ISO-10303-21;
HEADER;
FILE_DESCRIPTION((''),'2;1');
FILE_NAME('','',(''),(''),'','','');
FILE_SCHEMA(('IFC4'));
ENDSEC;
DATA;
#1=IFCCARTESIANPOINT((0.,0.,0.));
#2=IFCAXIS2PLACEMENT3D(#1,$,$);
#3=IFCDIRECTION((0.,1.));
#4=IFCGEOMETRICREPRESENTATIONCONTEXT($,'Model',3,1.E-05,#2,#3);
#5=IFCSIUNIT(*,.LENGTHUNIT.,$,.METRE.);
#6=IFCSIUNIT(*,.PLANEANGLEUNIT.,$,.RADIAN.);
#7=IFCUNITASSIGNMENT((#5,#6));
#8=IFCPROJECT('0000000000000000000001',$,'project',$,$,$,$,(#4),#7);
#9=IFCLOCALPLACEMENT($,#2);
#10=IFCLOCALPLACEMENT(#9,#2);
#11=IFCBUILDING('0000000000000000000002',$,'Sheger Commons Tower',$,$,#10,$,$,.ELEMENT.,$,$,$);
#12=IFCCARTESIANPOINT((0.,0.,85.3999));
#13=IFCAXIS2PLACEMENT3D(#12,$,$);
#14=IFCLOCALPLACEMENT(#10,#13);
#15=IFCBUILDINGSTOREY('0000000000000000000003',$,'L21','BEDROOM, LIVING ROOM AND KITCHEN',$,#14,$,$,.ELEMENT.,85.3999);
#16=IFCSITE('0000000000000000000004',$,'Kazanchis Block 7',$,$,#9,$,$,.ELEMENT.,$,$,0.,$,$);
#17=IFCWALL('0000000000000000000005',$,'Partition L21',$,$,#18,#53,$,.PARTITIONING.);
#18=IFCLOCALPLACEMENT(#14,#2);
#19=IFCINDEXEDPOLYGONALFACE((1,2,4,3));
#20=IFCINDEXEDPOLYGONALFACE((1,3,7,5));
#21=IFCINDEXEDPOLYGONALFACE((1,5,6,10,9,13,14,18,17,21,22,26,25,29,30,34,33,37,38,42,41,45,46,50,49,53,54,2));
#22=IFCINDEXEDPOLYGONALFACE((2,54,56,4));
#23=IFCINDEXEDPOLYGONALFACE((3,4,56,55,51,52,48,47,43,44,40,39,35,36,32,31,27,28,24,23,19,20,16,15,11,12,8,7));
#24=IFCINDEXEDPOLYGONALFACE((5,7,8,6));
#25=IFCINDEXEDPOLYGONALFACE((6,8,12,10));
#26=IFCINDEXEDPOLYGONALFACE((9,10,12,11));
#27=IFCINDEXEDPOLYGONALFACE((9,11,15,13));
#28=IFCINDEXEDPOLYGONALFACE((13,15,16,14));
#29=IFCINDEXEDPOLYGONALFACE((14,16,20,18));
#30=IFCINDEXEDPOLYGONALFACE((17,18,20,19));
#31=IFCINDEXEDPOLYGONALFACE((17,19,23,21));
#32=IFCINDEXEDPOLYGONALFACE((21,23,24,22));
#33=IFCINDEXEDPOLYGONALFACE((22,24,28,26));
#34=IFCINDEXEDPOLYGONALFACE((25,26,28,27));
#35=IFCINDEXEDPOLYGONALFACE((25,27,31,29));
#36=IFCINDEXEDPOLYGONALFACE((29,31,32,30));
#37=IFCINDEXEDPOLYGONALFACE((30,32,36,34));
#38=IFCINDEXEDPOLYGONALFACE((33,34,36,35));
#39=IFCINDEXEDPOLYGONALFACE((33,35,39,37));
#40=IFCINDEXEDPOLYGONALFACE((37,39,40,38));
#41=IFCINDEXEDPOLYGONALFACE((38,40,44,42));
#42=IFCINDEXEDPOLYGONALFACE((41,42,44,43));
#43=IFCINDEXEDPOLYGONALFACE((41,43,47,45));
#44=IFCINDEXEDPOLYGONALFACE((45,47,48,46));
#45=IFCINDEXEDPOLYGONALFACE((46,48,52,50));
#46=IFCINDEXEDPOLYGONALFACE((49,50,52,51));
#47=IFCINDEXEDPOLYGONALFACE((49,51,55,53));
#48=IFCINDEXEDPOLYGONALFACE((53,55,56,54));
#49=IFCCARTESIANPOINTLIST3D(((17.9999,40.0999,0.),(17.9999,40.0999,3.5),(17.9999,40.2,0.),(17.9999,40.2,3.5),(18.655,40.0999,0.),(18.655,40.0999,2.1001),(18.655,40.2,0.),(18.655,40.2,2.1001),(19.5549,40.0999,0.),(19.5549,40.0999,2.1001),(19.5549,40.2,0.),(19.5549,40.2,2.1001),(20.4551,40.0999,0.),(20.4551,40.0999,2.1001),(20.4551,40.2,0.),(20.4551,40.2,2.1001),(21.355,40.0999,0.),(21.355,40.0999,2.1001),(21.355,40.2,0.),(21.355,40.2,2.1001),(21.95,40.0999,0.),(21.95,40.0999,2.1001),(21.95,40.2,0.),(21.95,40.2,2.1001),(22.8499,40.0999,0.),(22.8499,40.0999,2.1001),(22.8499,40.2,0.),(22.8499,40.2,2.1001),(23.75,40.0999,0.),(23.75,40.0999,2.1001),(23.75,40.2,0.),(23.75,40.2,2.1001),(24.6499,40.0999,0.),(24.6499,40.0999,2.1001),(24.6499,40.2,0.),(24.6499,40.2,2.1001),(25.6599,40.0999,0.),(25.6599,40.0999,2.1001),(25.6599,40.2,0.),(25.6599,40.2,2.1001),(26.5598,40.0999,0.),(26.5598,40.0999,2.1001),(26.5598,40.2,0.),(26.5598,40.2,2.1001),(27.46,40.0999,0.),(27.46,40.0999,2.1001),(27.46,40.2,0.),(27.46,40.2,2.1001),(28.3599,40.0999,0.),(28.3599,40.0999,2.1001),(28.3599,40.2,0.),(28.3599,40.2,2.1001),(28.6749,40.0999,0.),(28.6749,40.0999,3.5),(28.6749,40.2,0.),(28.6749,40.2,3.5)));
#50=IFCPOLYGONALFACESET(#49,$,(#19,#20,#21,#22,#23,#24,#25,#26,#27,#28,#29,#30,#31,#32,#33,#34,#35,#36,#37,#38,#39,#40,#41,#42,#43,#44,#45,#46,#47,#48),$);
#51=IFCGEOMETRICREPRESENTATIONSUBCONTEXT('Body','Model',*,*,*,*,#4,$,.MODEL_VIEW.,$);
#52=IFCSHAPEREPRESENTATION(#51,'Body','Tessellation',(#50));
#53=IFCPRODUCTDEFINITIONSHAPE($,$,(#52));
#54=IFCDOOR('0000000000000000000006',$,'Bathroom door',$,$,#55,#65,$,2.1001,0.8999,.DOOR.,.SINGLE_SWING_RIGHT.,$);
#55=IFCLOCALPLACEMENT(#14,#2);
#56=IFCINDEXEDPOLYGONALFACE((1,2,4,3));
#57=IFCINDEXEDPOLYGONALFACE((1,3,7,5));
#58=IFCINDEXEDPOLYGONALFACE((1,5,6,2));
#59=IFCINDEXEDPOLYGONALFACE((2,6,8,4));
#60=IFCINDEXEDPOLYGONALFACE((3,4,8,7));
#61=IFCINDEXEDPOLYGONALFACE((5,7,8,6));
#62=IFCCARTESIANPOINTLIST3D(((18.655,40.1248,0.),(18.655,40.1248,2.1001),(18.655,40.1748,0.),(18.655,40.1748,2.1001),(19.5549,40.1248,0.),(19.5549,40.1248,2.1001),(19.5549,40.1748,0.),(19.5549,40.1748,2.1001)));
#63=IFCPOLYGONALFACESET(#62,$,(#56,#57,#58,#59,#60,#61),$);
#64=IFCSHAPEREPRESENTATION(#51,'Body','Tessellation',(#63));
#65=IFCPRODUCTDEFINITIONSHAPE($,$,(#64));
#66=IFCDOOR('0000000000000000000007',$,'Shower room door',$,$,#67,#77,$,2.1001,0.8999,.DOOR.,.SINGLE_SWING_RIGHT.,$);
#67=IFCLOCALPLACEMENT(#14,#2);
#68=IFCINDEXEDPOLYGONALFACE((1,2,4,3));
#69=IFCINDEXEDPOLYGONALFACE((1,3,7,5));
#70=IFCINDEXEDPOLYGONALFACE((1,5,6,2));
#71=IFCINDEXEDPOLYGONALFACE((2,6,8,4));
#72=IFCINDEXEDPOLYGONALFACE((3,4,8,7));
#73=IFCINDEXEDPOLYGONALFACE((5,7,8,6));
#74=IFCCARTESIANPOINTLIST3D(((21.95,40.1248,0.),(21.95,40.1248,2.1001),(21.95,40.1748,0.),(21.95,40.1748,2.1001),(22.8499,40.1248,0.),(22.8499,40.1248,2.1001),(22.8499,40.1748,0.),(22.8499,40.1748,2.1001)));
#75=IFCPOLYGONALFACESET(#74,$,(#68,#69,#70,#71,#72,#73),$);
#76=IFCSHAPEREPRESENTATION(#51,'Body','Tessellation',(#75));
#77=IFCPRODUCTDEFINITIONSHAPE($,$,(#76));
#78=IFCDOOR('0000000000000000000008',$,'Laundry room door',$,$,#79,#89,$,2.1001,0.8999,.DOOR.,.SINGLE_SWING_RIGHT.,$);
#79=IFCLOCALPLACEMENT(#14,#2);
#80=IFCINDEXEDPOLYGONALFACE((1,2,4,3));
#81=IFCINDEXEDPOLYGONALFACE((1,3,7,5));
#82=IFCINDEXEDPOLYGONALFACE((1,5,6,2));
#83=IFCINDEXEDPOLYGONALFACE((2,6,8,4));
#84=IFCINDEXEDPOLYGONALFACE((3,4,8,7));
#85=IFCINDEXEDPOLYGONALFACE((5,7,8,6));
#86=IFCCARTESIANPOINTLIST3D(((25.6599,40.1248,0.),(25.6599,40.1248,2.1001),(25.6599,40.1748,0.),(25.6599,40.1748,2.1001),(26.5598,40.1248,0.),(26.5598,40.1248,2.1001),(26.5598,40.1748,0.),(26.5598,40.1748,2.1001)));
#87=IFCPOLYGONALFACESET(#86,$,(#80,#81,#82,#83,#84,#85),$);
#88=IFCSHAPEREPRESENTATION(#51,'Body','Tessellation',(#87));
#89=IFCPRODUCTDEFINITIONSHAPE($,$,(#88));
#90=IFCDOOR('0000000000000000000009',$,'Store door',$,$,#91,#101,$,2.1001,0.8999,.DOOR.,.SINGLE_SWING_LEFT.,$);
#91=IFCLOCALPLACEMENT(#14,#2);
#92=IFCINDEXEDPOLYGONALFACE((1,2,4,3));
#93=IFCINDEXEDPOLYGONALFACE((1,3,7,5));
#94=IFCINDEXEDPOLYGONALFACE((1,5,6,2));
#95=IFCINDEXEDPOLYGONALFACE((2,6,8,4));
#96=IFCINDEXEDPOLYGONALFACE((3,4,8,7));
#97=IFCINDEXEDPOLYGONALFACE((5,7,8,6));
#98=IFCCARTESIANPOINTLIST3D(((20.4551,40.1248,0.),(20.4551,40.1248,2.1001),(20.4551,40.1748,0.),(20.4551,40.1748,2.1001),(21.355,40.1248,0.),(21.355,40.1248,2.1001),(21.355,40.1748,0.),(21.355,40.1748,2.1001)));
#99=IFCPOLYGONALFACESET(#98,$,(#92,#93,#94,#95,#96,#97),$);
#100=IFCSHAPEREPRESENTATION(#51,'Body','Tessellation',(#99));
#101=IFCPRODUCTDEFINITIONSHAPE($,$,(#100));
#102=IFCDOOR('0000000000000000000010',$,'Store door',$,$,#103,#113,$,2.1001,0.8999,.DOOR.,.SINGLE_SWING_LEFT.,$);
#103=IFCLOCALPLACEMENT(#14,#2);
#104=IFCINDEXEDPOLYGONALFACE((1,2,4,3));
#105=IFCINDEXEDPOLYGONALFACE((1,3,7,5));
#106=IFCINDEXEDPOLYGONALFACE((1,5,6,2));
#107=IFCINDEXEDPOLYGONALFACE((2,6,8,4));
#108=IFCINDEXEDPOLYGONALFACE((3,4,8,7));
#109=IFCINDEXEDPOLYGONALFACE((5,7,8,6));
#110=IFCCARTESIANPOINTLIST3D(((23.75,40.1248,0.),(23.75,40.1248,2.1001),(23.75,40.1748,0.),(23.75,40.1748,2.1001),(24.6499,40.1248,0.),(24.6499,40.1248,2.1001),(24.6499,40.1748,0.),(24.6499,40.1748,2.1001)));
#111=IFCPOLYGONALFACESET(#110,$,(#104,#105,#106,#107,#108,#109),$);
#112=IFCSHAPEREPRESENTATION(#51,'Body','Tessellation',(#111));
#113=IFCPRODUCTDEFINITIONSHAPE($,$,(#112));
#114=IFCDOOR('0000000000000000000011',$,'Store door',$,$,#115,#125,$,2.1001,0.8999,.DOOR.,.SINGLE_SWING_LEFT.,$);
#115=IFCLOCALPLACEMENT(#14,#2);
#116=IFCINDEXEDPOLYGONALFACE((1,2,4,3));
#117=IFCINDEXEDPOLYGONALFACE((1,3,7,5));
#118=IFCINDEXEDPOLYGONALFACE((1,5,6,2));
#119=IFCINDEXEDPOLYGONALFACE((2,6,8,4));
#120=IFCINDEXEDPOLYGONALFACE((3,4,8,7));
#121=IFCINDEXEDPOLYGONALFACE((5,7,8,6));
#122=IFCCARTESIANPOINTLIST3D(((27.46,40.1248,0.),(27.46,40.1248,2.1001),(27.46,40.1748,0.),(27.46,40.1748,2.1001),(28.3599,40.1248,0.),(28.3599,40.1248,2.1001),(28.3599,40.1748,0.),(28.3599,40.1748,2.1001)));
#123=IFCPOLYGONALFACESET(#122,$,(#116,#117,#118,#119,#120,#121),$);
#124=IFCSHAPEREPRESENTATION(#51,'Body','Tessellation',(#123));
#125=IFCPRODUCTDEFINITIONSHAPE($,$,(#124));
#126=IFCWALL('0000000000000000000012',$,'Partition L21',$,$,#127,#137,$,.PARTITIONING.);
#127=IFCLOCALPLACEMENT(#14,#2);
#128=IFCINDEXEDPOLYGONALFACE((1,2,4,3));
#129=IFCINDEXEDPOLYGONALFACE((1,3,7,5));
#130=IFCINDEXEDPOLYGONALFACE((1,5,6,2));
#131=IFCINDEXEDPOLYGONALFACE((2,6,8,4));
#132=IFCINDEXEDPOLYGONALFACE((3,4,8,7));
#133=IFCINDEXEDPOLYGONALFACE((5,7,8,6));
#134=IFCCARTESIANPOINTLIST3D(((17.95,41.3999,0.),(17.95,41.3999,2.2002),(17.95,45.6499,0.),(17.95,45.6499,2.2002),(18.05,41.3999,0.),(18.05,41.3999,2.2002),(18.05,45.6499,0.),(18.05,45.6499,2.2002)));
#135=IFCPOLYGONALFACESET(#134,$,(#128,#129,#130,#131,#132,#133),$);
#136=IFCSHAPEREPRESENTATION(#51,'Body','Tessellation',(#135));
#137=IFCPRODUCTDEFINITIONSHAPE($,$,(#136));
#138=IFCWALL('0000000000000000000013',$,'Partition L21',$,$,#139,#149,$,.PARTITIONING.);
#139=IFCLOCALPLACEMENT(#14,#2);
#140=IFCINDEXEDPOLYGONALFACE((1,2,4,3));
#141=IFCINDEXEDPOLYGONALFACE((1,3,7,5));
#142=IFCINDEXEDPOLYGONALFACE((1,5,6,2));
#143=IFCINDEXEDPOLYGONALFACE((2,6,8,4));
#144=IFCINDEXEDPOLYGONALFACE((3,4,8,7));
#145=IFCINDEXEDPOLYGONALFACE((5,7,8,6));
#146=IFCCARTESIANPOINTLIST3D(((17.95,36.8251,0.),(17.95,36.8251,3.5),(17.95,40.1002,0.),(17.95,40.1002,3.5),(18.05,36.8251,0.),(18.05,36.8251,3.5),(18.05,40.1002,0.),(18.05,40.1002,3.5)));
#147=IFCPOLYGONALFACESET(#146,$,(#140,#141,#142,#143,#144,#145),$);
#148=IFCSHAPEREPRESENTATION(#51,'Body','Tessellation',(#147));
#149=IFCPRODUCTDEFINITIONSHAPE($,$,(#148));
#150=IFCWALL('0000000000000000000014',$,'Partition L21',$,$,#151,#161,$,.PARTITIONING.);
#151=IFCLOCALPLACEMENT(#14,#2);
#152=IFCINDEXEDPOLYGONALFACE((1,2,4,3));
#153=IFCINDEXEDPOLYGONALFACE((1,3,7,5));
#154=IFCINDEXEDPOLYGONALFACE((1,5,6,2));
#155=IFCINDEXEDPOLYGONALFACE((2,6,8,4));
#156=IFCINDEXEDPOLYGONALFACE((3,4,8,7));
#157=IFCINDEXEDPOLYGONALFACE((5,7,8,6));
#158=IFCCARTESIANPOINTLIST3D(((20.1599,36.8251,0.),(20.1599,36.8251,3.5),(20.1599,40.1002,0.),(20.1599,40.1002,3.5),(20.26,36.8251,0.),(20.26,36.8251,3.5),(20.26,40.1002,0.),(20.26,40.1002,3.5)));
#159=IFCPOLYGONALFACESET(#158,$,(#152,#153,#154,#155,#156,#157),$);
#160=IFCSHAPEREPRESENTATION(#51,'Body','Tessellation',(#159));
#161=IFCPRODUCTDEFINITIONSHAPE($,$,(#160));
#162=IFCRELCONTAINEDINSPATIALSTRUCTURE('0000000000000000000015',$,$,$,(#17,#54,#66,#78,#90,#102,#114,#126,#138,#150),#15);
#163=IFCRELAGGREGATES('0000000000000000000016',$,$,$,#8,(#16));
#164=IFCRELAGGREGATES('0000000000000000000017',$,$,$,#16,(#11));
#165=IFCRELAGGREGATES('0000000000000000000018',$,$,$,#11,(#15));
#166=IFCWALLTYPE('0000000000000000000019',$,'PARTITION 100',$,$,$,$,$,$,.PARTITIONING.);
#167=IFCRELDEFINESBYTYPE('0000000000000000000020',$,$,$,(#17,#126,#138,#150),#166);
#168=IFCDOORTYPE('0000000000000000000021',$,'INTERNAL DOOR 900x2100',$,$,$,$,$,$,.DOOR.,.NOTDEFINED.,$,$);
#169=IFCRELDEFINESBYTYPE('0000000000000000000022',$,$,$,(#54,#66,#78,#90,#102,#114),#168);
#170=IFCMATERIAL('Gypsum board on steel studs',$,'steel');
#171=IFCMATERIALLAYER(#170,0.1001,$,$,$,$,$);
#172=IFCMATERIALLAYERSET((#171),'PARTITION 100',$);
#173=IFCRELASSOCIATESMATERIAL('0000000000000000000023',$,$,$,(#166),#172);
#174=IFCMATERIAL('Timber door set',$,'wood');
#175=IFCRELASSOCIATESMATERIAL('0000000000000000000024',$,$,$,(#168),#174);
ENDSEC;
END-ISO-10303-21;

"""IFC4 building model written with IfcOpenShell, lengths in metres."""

from ifc_helpers import new_model, si_unit, direction, frame, frame_2d, origin, place, context, subcontext, project, spatial, rectangle, extrude, material, layer, layer_set, type_object, element, fill, save


model = new_model("IFC4")

# Units and contexts
model_context = context("Model", 3, precision=1e-05, world=origin(), true_north=direction((0.0, 1.0)))
body_context = subcontext(model_context, "Body", "Model", "MODEL_VIEW")
ifc_project = project(units=[si_unit("LENGTHUNIT", "METRE"), si_unit("PLANEANGLEUNIT", "RADIAN")], contexts=[model_context])

# Site, building, storey
site_placement = place(None, origin())
site = spatial("IfcSite", under=ifc_project, at=site_placement, Name="Kazanchis Block 7", CompositionType="ELEMENT", RefElevation=0.0)
building_placement = place(site_placement, origin())
building = spatial("IfcBuilding", under=site, at=building_placement, Name="Sheger Commons Tower", CompositionType="ELEMENT")
storey_placement = place(building_placement, frame((0.0, 0.0, 85.3999)))
storey = spatial("IfcBuildingStorey", under=building, at=storey_placement, Name="L21", Description="BEDROOM, LIVING ROOM AND KITCHEN", CompositionType="ELEMENT", Elevation=85.3999)

# Wall, openings, doors
ifc_material_1 = material(Name="Gypsum board on steel studs", Category="steel")
ifc_layer_1 = layer(ifc_material_1, 0.1001)
ifc_layer_set_1 = layer_set([ifc_layer_1], Name="PARTITION 100")
wall_type_1 = type_object("IfcWallType", Name="PARTITION 100", PredefinedType="PARTITIONING", material=ifc_layer_set_1)
ifc_material_2 = material(Name="Timber door set", Category="wood")
door_type_1 = type_object("IfcDoorType", Name="INTERNAL DOOR 900x2100", OperationType="NOTDEFINED", PredefinedType="DOOR", material=ifc_material_2)
wall_1_placement = place(storey_placement, frame((18.0, 40.1499, 0.0), z_axis=(0.0, 0.0, 1.0), x_axis=(1.0, 0.0, 0.0)))
wall_1 = element("IfcWall", 1, at=wall_1_placement, inside=storey, type_object=wall_type_1, Name="Partition L21", PredefinedType="PARTITIONING", context=body_context, shape_type="SweptSolid", body=[
    extrude(rectangle(XDim=10.675, YDim=0.1001, at=frame_2d((5.3374, 0.0))), origin(), (0.0, 0.0, 1.0), 3.5),
])
opening_1_placement = place(wall_1_placement, frame((0.655, 0.0, 0.0)))
opening_1 = element("IfcOpeningElement", 2, at=opening_1_placement, cuts=wall_1, PredefinedType="OPENING", context=body_context, shape_type="SweptSolid", body=[
    extrude(rectangle(XDim=0.8999, YDim=2.1001, at=frame_2d((0.45, 1.05))), frame((0.0, 0.0601, 0.0), z_axis=(0.0, -1.0, 0.0), x_axis=(1.0, 0.0, 0.0)), (0.0, 0.0, 1.0), 0.1201),
])
opening_2_placement = place(wall_1_placement, frame((3.95, 0.0, 0.0)))
opening_2 = element("IfcOpeningElement", 3, at=opening_2_placement, cuts=wall_1, PredefinedType="OPENING", context=body_context, shape_type="SweptSolid", body=[
    extrude(rectangle(XDim=0.8999, YDim=2.1001, at=frame_2d((0.45, 1.05))), frame((0.0, 0.0601, 0.0), z_axis=(0.0, -1.0, 0.0), x_axis=(1.0, 0.0, 0.0)), (0.0, 0.0, 1.0), 0.1201),
])
opening_3_placement = place(wall_1_placement, frame((7.6599, 0.0, 0.0)))
opening_3 = element("IfcOpeningElement", 4, at=opening_3_placement, cuts=wall_1, PredefinedType="OPENING", context=body_context, shape_type="SweptSolid", body=[
    extrude(rectangle(XDim=0.8999, YDim=2.1001, at=frame_2d((0.45, 1.05))), frame((0.0, 0.0601, 0.0), z_axis=(0.0, -1.0, 0.0), x_axis=(1.0, 0.0, 0.0)), (0.0, 0.0, 1.0), 0.1201),
])
opening_4_placement = place(wall_1_placement, frame((2.4551, 0.0, 0.0)))
opening_4 = element("IfcOpeningElement", 5, at=opening_4_placement, cuts=wall_1, PredefinedType="OPENING", context=body_context, shape_type="SweptSolid", body=[
    extrude(rectangle(XDim=0.8999, YDim=2.1001, at=frame_2d((0.45, 1.05))), frame((0.0, 0.0601, 0.0), z_axis=(0.0, -1.0, 0.0), x_axis=(1.0, 0.0, 0.0)), (0.0, 0.0, 1.0), 0.1201),
])
opening_5_placement = place(wall_1_placement, frame((5.75, 0.0, 0.0)))
opening_5 = element("IfcOpeningElement", 6, at=opening_5_placement, cuts=wall_1, PredefinedType="OPENING", context=body_context, shape_type="SweptSolid", body=[
    extrude(rectangle(XDim=0.8999, YDim=2.1001, at=frame_2d((0.45, 1.05))), frame((0.0, 0.0601, 0.0), z_axis=(0.0, -1.0, 0.0), x_axis=(1.0, 0.0, 0.0)), (0.0, 0.0, 1.0), 0.1201),
])
opening_6_placement = place(wall_1_placement, frame((9.46, 0.0, 0.0)))
opening_6 = element("IfcOpeningElement", 7, at=opening_6_placement, cuts=wall_1, PredefinedType="OPENING", context=body_context, shape_type="SweptSolid", body=[
    extrude(rectangle(XDim=0.8999, YDim=2.1001, at=frame_2d((0.45, 1.05))), frame((0.0, 0.0601, 0.0), z_axis=(0.0, -1.0, 0.0), x_axis=(1.0, 0.0, 0.0)), (0.0, 0.0, 1.0), 0.1201),
])
door_1_placement = place(opening_1_placement, origin())
door_1 = element("IfcDoor", 8, at=door_1_placement, inside=storey, type_object=door_type_1, Name="Bathroom door", OperationType="SINGLE_SWING_RIGHT", OverallHeight=2.1001, OverallWidth=0.8999, PredefinedType="DOOR", context=body_context, shape_type="SweptSolid", body=[
    extrude(rectangle(XDim=0.8999, YDim=2.1001, at=frame_2d((0.45, 1.05))), frame((0.0, 0.0249, 0.0), z_axis=(0.0, -1.0, 0.0), x_axis=(1.0, 0.0, 0.0)), (0.0, 0.0, 1.0), 0.05),
])
fill(opening_1, door_1)
door_2_placement = place(opening_2_placement, origin())
door_2 = element("IfcDoor", 9, at=door_2_placement, inside=storey, type_object=door_type_1, Name="Shower room door", OperationType="SINGLE_SWING_RIGHT", OverallHeight=2.1001, OverallWidth=0.8999, PredefinedType="DOOR", context=body_context, shape_type="SweptSolid", body=[
    extrude(rectangle(XDim=0.8999, YDim=2.1001, at=frame_2d((0.45, 1.05))), frame((0.0, 0.0249, 0.0), z_axis=(0.0, -1.0, 0.0), x_axis=(1.0, 0.0, 0.0)), (0.0, 0.0, 1.0), 0.05),
])
fill(opening_2, door_2)
door_3_placement = place(opening_3_placement, origin())
door_3 = element("IfcDoor", 10, at=door_3_placement, inside=storey, type_object=door_type_1, Name="Laundry room door", OperationType="SINGLE_SWING_RIGHT", OverallHeight=2.1001, OverallWidth=0.8999, PredefinedType="DOOR", context=body_context, shape_type="SweptSolid", body=[
    extrude(rectangle(XDim=0.8999, YDim=2.1001, at=frame_2d((0.45, 1.05))), frame((0.0, 0.0249, 0.0), z_axis=(0.0, -1.0, 0.0), x_axis=(1.0, 0.0, 0.0)), (0.0, 0.0, 1.0), 0.05),
])
fill(opening_3, door_3)
door_4_placement = place(opening_4_placement, origin())
door_4 = element("IfcDoor", 11, at=door_4_placement, inside=storey, type_object=door_type_1, Name="Store door", OperationType="SINGLE_SWING_LEFT", OverallHeight=2.1001, OverallWidth=0.8999, PredefinedType="DOOR", context=body_context, shape_type="SweptSolid", body=[
    extrude(rectangle(XDim=0.8999, YDim=2.1001, at=frame_2d((0.45, 1.05))), frame((0.0, 0.0249, 0.0), z_axis=(0.0, -1.0, 0.0), x_axis=(1.0, 0.0, 0.0)), (0.0, 0.0, 1.0), 0.05),
])
fill(opening_4, door_4)
door_5_placement = place(opening_5_placement, origin())
door_5 = element("IfcDoor", 12, at=door_5_placement, inside=storey, type_object=door_type_1, Name="Store door", OperationType="SINGLE_SWING_LEFT", OverallHeight=2.1001, OverallWidth=0.8999, PredefinedType="DOOR", context=body_context, shape_type="SweptSolid", body=[
    extrude(rectangle(XDim=0.8999, YDim=2.1001, at=frame_2d((0.45, 1.05))), frame((0.0, 0.0249, 0.0), z_axis=(0.0, -1.0, 0.0), x_axis=(1.0, 0.0, 0.0)), (0.0, 0.0, 1.0), 0.05),
])
fill(opening_5, door_5)
door_6_placement = place(opening_6_placement, origin())
door_6 = element("IfcDoor", 13, at=door_6_placement, inside=storey, type_object=door_type_1, Name="Store door", OperationType="SINGLE_SWING_LEFT", OverallHeight=2.1001, OverallWidth=0.8999, PredefinedType="DOOR", context=body_context, shape_type="SweptSolid", body=[
    extrude(rectangle(XDim=0.8999, YDim=2.1001, at=frame_2d((0.45, 1.05))), frame((0.0, 0.0249, 0.0), z_axis=(0.0, -1.0, 0.0), x_axis=(1.0, 0.0, 0.0)), (0.0, 0.0, 1.0), 0.05),
])
fill(opening_6, door_6)

# Walls
wall_2_placement = place(storey_placement, frame((18.0, 41.3999, 0.0), z_axis=(0.0, 0.0, 1.0), x_axis=(0.0, 1.0, 0.0)))
element("IfcWall", 14, at=wall_2_placement, inside=storey, type_object=wall_type_1, Name="Partition L21", PredefinedType="PARTITIONING", context=body_context, shape_type="SweptSolid", body=[
    extrude(rectangle(XDim=4.25, YDim=0.1001, at=frame_2d((2.125, 0.0))), origin(), (0.0, 0.0, 1.0), 2.2002),
])
for number, where, z_axis, x_axis, name in (
    (15, (18.0, 36.825, 0.0), (0.0, 0.0, 1.0), (0.0, 1.0, 0.0), "Partition L21"),
    (16, (20.21, 36.825, 0.0), (0.0, 0.0, 1.0), (0.0, 1.0, 0.0), "Partition L21"),
):
    element("IfcWall", number, at=place(storey_placement, frame(where, z_axis=z_axis, x_axis=x_axis)), inside=storey, type_object=wall_type_1, Name=name, PredefinedType="PARTITIONING", context=body_context, shape_type="SweptSolid", body=[
        extrude(rectangle(XDim=3.2751, YDim=0.1001, at=frame_2d((1.6377, 0.0))), origin(), (0.0, 0.0, 1.0), 3.5),
    ])

save(model, "model.ifc")
